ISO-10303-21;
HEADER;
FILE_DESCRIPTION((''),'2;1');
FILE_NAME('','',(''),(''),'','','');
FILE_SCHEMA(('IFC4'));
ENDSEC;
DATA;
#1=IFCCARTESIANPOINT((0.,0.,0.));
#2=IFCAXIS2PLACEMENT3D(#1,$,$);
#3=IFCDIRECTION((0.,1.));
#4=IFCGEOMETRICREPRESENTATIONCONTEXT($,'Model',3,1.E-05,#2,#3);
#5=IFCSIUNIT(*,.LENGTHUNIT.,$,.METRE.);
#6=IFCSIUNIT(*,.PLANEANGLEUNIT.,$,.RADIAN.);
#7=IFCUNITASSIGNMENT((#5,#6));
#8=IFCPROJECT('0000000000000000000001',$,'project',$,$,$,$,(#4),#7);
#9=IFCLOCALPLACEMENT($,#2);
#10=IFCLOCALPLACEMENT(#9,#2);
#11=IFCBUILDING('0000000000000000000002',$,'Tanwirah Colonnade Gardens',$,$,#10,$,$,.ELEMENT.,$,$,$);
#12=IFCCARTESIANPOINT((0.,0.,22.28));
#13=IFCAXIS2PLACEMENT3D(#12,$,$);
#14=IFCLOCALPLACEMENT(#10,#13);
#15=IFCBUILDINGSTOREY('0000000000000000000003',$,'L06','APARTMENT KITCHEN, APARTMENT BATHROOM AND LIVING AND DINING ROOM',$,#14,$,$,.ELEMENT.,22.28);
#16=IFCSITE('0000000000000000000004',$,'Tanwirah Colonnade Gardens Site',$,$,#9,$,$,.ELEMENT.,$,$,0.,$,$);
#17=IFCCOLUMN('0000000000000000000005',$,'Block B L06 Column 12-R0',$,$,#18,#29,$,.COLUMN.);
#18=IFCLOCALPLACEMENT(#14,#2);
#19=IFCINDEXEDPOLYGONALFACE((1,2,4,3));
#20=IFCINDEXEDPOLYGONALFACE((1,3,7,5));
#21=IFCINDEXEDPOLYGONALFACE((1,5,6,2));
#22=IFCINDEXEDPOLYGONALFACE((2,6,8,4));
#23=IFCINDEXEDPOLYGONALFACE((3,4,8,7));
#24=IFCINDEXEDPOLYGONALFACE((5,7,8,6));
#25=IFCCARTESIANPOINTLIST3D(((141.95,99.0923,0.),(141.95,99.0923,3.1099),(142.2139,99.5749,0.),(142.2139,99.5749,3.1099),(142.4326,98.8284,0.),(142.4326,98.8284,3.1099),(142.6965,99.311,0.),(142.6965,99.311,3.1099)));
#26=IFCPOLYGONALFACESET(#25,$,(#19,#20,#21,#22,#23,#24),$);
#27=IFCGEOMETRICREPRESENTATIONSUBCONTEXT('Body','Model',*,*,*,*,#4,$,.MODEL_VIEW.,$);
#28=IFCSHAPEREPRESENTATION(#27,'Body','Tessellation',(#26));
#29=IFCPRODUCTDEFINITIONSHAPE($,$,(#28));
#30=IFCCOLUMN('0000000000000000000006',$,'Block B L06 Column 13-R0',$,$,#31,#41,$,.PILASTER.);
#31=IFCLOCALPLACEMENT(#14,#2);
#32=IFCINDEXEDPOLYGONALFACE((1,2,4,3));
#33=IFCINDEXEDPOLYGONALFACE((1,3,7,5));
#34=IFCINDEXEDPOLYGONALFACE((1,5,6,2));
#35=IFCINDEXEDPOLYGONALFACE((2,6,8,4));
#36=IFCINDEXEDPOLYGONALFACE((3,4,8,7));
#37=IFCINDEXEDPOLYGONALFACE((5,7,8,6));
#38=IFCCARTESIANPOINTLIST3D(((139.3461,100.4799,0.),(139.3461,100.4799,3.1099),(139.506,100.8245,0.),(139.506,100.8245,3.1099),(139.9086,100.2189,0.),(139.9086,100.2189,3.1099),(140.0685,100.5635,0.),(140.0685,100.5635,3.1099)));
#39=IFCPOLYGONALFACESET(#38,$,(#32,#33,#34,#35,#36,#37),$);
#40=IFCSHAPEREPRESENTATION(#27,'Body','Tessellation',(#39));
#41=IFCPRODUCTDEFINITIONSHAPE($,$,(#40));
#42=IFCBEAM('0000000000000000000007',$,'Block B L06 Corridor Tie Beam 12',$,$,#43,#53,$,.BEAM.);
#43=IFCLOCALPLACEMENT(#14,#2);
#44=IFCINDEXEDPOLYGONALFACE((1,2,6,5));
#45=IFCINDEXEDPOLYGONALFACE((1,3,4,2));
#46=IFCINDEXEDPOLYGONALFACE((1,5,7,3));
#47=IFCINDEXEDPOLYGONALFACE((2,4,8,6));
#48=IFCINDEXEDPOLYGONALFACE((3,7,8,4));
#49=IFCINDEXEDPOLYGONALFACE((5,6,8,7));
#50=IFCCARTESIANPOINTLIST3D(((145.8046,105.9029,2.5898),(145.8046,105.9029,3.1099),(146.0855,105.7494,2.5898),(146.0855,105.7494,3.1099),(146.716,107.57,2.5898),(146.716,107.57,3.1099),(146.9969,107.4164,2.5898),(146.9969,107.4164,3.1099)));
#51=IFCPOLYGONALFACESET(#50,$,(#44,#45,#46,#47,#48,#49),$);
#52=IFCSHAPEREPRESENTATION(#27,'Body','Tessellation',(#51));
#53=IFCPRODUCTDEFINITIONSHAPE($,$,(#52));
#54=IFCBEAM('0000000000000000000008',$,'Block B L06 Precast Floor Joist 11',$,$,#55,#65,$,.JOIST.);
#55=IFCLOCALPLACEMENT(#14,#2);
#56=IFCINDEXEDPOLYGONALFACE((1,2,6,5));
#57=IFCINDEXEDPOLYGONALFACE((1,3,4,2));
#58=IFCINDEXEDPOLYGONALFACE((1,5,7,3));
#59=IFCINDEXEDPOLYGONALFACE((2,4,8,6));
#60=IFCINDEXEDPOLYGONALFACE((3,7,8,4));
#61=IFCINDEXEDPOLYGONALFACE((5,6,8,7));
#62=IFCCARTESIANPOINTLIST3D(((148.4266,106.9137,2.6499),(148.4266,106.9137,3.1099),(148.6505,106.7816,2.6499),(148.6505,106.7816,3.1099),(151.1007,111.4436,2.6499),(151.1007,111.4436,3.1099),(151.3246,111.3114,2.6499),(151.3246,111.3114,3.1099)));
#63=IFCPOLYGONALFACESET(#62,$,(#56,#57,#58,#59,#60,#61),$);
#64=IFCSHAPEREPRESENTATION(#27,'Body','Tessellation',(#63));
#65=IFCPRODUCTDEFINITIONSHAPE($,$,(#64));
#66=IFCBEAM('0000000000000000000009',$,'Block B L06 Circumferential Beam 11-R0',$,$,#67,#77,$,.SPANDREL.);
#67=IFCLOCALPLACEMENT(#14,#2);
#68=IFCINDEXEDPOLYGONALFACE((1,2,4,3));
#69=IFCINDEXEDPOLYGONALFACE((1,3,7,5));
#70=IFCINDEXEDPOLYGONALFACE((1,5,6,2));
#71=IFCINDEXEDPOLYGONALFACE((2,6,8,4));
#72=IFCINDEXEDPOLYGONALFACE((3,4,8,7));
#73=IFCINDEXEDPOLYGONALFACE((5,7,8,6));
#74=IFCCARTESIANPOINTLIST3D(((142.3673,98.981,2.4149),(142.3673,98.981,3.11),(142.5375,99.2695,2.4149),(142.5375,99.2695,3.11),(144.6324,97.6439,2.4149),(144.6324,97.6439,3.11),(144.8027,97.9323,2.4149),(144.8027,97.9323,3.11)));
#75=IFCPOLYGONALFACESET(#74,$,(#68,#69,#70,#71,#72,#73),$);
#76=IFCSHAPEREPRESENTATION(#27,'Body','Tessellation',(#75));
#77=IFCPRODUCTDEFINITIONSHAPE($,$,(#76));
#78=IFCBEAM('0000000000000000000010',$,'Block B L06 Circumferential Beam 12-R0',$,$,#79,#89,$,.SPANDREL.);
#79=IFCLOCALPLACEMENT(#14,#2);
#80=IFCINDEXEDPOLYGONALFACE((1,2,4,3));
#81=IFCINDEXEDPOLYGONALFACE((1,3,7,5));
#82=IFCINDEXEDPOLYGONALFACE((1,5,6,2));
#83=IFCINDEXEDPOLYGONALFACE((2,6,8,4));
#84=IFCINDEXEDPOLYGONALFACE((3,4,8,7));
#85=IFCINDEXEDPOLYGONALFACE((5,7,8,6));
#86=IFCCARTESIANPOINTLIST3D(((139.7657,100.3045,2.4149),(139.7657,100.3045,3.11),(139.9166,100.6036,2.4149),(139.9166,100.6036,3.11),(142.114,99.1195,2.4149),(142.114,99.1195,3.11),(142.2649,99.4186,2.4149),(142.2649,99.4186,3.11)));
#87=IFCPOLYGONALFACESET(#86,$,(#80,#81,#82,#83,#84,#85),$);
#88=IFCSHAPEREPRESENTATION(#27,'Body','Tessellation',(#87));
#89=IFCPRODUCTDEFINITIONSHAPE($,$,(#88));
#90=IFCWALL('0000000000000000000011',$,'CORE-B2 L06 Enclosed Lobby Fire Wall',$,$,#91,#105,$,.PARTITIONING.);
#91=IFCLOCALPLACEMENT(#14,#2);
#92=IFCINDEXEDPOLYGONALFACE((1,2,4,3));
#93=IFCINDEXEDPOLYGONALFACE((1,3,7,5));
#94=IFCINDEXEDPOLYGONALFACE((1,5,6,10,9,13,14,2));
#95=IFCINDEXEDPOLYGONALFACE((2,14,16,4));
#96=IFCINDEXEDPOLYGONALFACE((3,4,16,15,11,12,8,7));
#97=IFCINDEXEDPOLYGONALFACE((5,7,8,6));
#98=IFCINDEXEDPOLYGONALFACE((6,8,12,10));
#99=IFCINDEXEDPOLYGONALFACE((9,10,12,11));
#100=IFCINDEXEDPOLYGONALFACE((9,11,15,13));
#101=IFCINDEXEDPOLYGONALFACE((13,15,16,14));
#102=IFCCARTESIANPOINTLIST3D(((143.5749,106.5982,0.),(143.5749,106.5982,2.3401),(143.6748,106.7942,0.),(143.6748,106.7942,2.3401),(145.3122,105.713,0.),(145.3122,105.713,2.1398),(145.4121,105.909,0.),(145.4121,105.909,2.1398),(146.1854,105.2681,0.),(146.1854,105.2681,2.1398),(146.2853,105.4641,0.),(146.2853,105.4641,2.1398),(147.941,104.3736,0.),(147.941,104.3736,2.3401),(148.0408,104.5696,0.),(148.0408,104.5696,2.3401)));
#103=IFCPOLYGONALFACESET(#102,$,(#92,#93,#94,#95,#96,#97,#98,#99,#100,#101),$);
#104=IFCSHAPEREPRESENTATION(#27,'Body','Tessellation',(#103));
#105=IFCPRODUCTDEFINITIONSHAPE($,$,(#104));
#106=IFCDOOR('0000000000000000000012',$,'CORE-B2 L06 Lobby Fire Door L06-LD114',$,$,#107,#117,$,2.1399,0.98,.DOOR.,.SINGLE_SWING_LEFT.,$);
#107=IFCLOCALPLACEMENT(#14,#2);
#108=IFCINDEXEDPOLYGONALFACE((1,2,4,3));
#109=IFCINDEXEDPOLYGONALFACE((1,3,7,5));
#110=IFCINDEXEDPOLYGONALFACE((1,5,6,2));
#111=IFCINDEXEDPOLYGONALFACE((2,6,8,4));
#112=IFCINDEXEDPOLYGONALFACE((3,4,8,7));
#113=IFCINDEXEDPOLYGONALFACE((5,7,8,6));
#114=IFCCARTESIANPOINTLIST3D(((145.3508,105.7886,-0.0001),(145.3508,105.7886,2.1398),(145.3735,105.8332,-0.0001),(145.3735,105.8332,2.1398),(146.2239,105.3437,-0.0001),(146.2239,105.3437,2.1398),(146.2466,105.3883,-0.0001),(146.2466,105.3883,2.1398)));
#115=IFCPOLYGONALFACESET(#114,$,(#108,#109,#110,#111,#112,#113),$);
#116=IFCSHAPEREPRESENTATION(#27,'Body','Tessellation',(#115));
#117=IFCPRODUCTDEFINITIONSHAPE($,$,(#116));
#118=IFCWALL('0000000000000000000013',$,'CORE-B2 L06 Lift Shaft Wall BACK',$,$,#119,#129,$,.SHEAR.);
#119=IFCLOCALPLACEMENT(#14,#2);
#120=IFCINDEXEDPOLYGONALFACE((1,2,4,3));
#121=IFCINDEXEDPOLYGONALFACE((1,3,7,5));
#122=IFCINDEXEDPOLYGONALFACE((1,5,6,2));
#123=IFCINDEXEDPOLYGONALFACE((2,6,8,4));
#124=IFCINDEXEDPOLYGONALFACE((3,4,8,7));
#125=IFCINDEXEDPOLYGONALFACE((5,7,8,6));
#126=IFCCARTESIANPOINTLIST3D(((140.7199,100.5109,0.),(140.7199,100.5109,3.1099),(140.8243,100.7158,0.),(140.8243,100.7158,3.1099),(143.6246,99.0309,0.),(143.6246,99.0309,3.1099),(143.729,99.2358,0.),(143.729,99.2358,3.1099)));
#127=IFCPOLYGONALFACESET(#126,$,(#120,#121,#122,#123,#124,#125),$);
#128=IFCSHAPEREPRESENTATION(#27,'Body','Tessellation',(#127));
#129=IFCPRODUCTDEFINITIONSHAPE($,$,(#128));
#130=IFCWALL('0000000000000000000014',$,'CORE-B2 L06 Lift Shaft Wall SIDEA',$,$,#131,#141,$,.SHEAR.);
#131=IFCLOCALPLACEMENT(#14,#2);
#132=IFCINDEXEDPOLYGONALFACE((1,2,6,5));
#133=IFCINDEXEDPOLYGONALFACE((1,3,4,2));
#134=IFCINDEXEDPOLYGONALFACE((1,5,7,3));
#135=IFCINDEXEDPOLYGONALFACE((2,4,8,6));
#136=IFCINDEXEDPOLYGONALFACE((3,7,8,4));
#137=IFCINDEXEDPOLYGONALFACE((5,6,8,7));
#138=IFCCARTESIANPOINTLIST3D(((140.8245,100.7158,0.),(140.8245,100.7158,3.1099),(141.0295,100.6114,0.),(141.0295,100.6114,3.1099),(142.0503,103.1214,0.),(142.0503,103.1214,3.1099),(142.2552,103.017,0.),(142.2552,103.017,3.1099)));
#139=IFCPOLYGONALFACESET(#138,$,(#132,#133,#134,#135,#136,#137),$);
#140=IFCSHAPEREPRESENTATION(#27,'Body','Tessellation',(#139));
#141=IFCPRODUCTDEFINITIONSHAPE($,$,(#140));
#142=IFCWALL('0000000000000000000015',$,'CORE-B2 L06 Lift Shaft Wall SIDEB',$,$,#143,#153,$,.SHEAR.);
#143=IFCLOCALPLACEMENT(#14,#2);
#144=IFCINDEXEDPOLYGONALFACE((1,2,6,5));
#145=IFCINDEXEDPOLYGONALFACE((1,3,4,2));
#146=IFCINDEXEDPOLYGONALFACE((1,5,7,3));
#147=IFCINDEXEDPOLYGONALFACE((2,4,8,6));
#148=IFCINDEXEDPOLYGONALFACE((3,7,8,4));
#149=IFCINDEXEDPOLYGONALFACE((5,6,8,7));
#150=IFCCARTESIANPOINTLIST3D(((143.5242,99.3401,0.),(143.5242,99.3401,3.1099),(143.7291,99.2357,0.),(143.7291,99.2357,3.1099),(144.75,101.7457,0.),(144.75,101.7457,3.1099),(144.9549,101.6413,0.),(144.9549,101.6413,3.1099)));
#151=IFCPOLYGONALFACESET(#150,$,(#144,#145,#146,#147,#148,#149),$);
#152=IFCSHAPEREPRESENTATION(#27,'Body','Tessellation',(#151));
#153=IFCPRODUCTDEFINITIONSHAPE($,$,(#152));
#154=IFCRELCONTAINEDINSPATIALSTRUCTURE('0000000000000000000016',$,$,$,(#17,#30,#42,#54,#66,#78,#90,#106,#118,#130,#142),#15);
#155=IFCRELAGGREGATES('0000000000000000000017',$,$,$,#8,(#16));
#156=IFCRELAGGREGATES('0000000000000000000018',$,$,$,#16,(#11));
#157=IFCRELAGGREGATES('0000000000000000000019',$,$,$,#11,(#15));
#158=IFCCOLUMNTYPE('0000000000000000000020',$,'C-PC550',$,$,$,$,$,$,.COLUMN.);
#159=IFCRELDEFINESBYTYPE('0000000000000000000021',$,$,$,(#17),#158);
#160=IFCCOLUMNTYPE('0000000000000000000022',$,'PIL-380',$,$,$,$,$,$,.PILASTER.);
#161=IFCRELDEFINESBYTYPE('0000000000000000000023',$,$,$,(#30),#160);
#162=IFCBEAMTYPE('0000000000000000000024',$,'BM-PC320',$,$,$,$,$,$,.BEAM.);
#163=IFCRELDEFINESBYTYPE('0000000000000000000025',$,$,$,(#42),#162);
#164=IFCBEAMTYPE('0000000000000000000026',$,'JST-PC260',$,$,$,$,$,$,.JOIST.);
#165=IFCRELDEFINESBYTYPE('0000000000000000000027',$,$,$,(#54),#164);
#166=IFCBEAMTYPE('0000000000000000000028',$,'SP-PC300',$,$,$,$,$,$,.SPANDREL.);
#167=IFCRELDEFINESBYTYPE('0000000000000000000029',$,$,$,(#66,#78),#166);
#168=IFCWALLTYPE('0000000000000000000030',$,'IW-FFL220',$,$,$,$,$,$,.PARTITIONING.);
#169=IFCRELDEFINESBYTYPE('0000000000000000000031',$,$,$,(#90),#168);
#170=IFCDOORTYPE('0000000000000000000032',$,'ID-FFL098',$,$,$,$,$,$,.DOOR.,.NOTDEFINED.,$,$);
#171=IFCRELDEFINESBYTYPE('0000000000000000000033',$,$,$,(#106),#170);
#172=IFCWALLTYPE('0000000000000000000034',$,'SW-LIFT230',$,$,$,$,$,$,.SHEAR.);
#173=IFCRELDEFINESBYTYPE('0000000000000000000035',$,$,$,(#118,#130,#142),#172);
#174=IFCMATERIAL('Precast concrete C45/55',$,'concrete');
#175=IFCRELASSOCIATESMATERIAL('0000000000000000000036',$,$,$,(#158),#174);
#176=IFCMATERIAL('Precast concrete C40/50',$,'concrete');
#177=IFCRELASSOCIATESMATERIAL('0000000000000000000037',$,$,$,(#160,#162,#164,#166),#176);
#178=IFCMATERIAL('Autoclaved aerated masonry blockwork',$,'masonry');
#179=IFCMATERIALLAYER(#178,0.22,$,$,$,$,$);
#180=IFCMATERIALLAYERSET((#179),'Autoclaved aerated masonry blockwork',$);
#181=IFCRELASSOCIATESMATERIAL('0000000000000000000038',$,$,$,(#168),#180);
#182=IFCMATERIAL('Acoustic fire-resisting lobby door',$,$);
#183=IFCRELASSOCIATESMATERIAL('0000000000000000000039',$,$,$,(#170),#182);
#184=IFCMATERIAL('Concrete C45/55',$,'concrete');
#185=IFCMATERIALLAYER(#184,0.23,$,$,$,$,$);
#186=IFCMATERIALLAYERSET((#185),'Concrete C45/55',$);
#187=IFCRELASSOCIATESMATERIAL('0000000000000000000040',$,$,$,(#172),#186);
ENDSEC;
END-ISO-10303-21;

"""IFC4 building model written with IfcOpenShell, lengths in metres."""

from ifc_helpers import new_model, si_unit, direction, frame, frame_2d, origin, origin_2d, place, context, subcontext, project, spatial, rectangle, extrude, material, layer, layer_set, material_profile, profile_set, type_object, element, fill, save


model = new_model("IFC4")

# Units and contexts
model_context = context("Model", 3, precision=1e-05, world=origin(), true_north=direction((0.0, 1.0)))
body_context = subcontext(model_context, "Body", "Model", "MODEL_VIEW")
ifc_project = project(units=[si_unit("LENGTHUNIT", "METRE"), si_unit("PLANEANGLEUNIT", "RADIAN")], contexts=[model_context])

# Site, building, storey
site_placement = place(None, origin())
site = spatial("IfcSite", under=ifc_project, at=site_placement, Name="Tanwirah Colonnade Gardens Site", CompositionType="ELEMENT", RefElevation=0.0)
building_placement = place(site_placement, origin())
building = spatial("IfcBuilding", under=site, at=building_placement, Name="Tanwirah Colonnade Gardens", CompositionType="ELEMENT")
storey_placement = place(building_placement, frame((0.0, 0.0, 22.28)))
storey = spatial("IfcBuildingStorey", under=building, at=storey_placement, Name="L06", Description="APARTMENT KITCHEN, APARTMENT BATHROOM AND LIVING AND DINING ROOM", CompositionType="ELEMENT", Elevation=22.28)

# Columns
ifc_material_1 = material(Name="Precast concrete C45/55", Category="concrete")
ifc_material_profile_1 = material_profile(ifc_material_1, rectangle(XDim=0.55, YDim=0.55, at=origin_2d()), Name="PC-COL 550x550")
ifc_profile_set_1 = profile_set([ifc_material_profile_1], Name="Precast concrete C45/55")
column_type_1 = type_object("IfcColumnType", Name="C-PC550", PredefinedType="COLUMN", material=ifc_profile_set_1)
column_1_placement = place(storey_placement, frame((142.3232, 99.2017, 0.0), z_axis=(0.0, 0.0, 1.0), x_axis=(0.479713, 0.877425, 0.0)))
element("IfcColumn", 1, at=column_1_placement, inside=storey, type_object=column_type_1, Name="Block B L06 Column 12-R0", PredefinedType="COLUMN", context=body_context, shape_type="SweptSolid", body=[
    extrude(rectangle(XDim=0.55, YDim=0.55, at=origin_2d()), origin(), (0.0, 0.0, 1.0), 3.1099),
])
ifc_material_2 = material(Name="Precast concrete C40/50", Category="concrete")
ifc_material_profile_2 = material_profile(ifc_material_2, rectangle(XDim=0.3799, YDim=0.6201, at=origin_2d()), Name="PC-PIL 380x620")
ifc_profile_set_2 = profile_set([ifc_material_profile_2], Name="Precast concrete C40/50")
column_type_2 = type_object("IfcColumnType", Name="PIL-380", PredefinedType="PILASTER", material=ifc_profile_set_2)
column_2_placement = place(storey_placement, frame((139.7073, 100.5217, 0.0), z_axis=(0.0, 0.0, 1.0), x_axis=(0.42086, 0.907126, 0.0)))
element("IfcColumn", 2, at=column_2_placement, inside=storey, type_object=column_type_2, Name="Block B L06 Column 13-R0", PredefinedType="PILASTER", context=body_context, shape_type="SweptSolid", body=[
    extrude(rectangle(XDim=0.3799, YDim=0.6201, at=origin_2d()), origin(), (0.0, 0.0, 1.0), 3.1099),
])

# Beams
ifc_material_profile_3 = material_profile(ifc_material_2, rectangle(XDim=0.3201, YDim=0.52, at=origin_2d()), Name="PC-BM 320x520")
ifc_profile_set_3 = profile_set([ifc_material_profile_3], Name="Precast concrete C40/50")
beam_type_1 = type_object("IfcBeamType", Name="BM-PC320", PredefinedType="BEAM", material=ifc_profile_set_3)
beam_1_placement = place(storey_placement, frame((145.9451, 105.8262, 2.8499), z_axis=(0.479707, 0.877429, 0.0), x_axis=(-0.877429, 0.479707, 0.0)))
element("IfcBeam", 3, at=beam_1_placement, inside=storey, type_object=beam_type_1, Name="Block B L06 Corridor Tie Beam 12", PredefinedType="BEAM", context=body_context, shape_type="SweptSolid", body=[
    extrude(rectangle(XDim=0.3201, YDim=0.52, at=origin_2d()), origin(), (0.0, 0.0, 1.0), 1.8999),
])
ifc_material_profile_4 = material_profile(ifc_material_2, rectangle(XDim=0.26, YDim=0.46, at=origin_2d()), Name="PC-JST 260x460")
ifc_profile_set_4 = profile_set([ifc_material_profile_4], Name="Precast concrete C40/50")
beam_type_2 = type_object("IfcBeamType", Name="JST-PC260", PredefinedType="JOIST", material=ifc_profile_set_4)
beam_2_placement = place(storey_placement, frame((148.5386, 106.8477, 2.8799), z_axis=(0.50836, 0.861145, 0.0), x_axis=(-0.861145, 0.50836, 0.0)))
element("IfcBeam", 4, at=beam_2_placement, inside=storey, type_object=beam_type_2, Name="Block B L06 Precast Floor Joist 11", PredefinedType="JOIST", context=body_context, shape_type="SweptSolid", body=[
    extrude(rectangle(XDim=0.26, YDim=0.46, at=origin_2d()), origin(), (0.0, 0.0, 1.0), 5.2603),
])
ifc_material_profile_5 = material_profile(ifc_material_2, rectangle(XDim=0.335, YDim=0.6951, at=origin_2d()), Name="PC-SP 335x695")
ifc_profile_set_5 = profile_set([ifc_material_profile_5], Name="Precast concrete C40/50")
beam_type_3 = type_object("IfcBeamType", Name="SP-PC300", PredefinedType="SPANDREL", material=ifc_profile_set_5)
for number, where, z_axis, x_axis, name in (
    (5, (144.7175, 97.7881, 2.7625), (-0.861148, 0.508354, 0.0), (-0.508354, -0.861148, 0.0), "Block B L06 Circumferential Beam 11-R0"),
    (6, (142.1895, 99.269, 2.7625), (-0.892769, 0.450515, 0.0), (-0.450515, -0.892769, 0.0), "Block B L06 Circumferential Beam 12-R0"),
):
    element("IfcBeam", number, at=place(storey_placement, frame(where, z_axis=z_axis, x_axis=x_axis)), inside=storey, type_object=beam_type_3, Name=name, PredefinedType="SPANDREL", context=body_context, shape_type="SweptSolid", body=[
        extrude(rectangle(XDim=0.335, YDim=0.6951, at=origin_2d()), origin(), (0.0, 0.0, 1.0), 2.6304),
    ])

# Wall, opening, door
ifc_material_3 = material(Name="Autoclaved aerated masonry blockwork", Category="masonry")
ifc_layer_1 = layer(ifc_material_3, 0.22)
ifc_layer_set_1 = layer_set([ifc_layer_1], Name="Autoclaved aerated masonry blockwork")
wall_type_1 = type_object("IfcWallType", Name="IW-FFL220", PredefinedType="PARTITIONING", material=ifc_layer_set_1)
wall_1_placement = place(storey_placement, frame((143.6248, 106.6963, 0.0), z_axis=(0.0, 0.0, 1.0), x_axis=(0.891003, -0.453997, 0.0)))
wall_1 = element("IfcWall", 7, at=wall_1_placement, inside=storey, type_object=wall_type_1, Name="CORE-B2 L06 Enclosed Lobby Fire Wall", PredefinedType="PARTITIONING", context=body_context, shape_type="SweptSolid", body=[
    extrude(rectangle(XDim=4.9001, YDim=0.22, at=frame_2d((2.4502, 0.0))), origin(), (0.0, 0.0, 1.0), 2.3401),
])
opening_1_placement = place(wall_1_placement, frame((1.95, 0.0, 0.0)))
opening_1 = element("IfcOpeningElement", 8, at=opening_1_placement, cuts=wall_1, PredefinedType="OPENING", context=body_context, shape_type="SweptSolid", body=[
    extrude(rectangle(XDim=0.98, YDim=2.1399, at=frame_2d((0.49, 1.0698))), frame((0.0, 0.1199, 0.0), z_axis=(0.0, -1.0, 0.0), x_axis=(1.0, 0.0, 0.0)), (0.0, 0.0, 1.0), 0.24),
])
ifc_material_4 = material(Name="Acoustic fire-resisting lobby door")
door_type_1 = type_object("IfcDoorType", Name="ID-FFL098", OperationType="NOTDEFINED", PredefinedType="DOOR", material=ifc_material_4)
door_1_placement = place(opening_1_placement, origin())
door_1 = element("IfcDoor", 9, at=door_1_placement, inside=storey, type_object=door_type_1, Name="CORE-B2 L06 Lobby Fire Door L06-LD114", OperationType="SINGLE_SWING_LEFT", OverallHeight=2.1399, OverallWidth=0.98, PredefinedType="DOOR", context=body_context, shape_type="SweptSolid", body=[
    extrude(rectangle(XDim=0.98, YDim=2.1399, at=frame_2d((0.49, 1.0698))), frame((0.0, 0.0249, 0.0), z_axis=(0.0, -1.0, 0.0), x_axis=(1.0, 0.0, 0.0)), (0.0, 0.0, 1.0), 0.05),
])
fill(opening_1, door_1)
ifc_material_5 = material(Name="Concrete C45/55", Category="concrete")
ifc_layer_2 = layer(ifc_material_5, 0.23)
ifc_layer_set_2 = layer_set([ifc_layer_2], Name="Concrete C45/55")
wall_type_2 = type_object("IfcWallType", Name="SW-LIFT230", PredefinedType="SHEAR", material=ifc_layer_set_2)

# Walls
wall_2_placement = place(storey_placement, frame((140.7722, 100.6133, 0.0), z_axis=(0.0, 0.0, 1.0), x_axis=(0.891017, -0.453971, 0.0)))
element("IfcWall", 10, at=wall_2_placement, inside=storey, type_object=wall_type_2, Name="CORE-B2 L06 Lift Shaft Wall BACK", PredefinedType="SHEAR", context=body_context, shape_type="SweptSolid", body=[
    extrude(rectangle(XDim=3.26, YDim=0.23, at=frame_2d((1.6299, 0.0))), origin(), (0.0, 0.0, 1.0), 3.1099),
])
for number, where, z_axis, x_axis, name in (
    (11, (142.1528, 103.0693, 0.0), (0.0, 0.0, 1.0), (-0.454, -0.891002, 0.0), "CORE-B2 L06 Lift Shaft Wall SIDEA"),
    (12, (144.8525, 101.6936, 0.0), (0.0, 0.0, 1.0), (-0.454037, -0.890983, 0.0), "CORE-B2 L06 Lift Shaft Wall SIDEB"),
):
    element("IfcWall", number, at=place(storey_placement, frame(where, z_axis=z_axis, x_axis=x_axis)), inside=storey, type_object=wall_type_2, Name=name, PredefinedType="SHEAR", context=body_context, shape_type="SweptSolid", body=[
        extrude(rectangle(XDim=2.7, YDim=0.23, at=frame_2d((1.3501, 0.0))), origin(), (0.0, 0.0, 1.0), 3.1099),
    ])

save(model, "model.ifc")
